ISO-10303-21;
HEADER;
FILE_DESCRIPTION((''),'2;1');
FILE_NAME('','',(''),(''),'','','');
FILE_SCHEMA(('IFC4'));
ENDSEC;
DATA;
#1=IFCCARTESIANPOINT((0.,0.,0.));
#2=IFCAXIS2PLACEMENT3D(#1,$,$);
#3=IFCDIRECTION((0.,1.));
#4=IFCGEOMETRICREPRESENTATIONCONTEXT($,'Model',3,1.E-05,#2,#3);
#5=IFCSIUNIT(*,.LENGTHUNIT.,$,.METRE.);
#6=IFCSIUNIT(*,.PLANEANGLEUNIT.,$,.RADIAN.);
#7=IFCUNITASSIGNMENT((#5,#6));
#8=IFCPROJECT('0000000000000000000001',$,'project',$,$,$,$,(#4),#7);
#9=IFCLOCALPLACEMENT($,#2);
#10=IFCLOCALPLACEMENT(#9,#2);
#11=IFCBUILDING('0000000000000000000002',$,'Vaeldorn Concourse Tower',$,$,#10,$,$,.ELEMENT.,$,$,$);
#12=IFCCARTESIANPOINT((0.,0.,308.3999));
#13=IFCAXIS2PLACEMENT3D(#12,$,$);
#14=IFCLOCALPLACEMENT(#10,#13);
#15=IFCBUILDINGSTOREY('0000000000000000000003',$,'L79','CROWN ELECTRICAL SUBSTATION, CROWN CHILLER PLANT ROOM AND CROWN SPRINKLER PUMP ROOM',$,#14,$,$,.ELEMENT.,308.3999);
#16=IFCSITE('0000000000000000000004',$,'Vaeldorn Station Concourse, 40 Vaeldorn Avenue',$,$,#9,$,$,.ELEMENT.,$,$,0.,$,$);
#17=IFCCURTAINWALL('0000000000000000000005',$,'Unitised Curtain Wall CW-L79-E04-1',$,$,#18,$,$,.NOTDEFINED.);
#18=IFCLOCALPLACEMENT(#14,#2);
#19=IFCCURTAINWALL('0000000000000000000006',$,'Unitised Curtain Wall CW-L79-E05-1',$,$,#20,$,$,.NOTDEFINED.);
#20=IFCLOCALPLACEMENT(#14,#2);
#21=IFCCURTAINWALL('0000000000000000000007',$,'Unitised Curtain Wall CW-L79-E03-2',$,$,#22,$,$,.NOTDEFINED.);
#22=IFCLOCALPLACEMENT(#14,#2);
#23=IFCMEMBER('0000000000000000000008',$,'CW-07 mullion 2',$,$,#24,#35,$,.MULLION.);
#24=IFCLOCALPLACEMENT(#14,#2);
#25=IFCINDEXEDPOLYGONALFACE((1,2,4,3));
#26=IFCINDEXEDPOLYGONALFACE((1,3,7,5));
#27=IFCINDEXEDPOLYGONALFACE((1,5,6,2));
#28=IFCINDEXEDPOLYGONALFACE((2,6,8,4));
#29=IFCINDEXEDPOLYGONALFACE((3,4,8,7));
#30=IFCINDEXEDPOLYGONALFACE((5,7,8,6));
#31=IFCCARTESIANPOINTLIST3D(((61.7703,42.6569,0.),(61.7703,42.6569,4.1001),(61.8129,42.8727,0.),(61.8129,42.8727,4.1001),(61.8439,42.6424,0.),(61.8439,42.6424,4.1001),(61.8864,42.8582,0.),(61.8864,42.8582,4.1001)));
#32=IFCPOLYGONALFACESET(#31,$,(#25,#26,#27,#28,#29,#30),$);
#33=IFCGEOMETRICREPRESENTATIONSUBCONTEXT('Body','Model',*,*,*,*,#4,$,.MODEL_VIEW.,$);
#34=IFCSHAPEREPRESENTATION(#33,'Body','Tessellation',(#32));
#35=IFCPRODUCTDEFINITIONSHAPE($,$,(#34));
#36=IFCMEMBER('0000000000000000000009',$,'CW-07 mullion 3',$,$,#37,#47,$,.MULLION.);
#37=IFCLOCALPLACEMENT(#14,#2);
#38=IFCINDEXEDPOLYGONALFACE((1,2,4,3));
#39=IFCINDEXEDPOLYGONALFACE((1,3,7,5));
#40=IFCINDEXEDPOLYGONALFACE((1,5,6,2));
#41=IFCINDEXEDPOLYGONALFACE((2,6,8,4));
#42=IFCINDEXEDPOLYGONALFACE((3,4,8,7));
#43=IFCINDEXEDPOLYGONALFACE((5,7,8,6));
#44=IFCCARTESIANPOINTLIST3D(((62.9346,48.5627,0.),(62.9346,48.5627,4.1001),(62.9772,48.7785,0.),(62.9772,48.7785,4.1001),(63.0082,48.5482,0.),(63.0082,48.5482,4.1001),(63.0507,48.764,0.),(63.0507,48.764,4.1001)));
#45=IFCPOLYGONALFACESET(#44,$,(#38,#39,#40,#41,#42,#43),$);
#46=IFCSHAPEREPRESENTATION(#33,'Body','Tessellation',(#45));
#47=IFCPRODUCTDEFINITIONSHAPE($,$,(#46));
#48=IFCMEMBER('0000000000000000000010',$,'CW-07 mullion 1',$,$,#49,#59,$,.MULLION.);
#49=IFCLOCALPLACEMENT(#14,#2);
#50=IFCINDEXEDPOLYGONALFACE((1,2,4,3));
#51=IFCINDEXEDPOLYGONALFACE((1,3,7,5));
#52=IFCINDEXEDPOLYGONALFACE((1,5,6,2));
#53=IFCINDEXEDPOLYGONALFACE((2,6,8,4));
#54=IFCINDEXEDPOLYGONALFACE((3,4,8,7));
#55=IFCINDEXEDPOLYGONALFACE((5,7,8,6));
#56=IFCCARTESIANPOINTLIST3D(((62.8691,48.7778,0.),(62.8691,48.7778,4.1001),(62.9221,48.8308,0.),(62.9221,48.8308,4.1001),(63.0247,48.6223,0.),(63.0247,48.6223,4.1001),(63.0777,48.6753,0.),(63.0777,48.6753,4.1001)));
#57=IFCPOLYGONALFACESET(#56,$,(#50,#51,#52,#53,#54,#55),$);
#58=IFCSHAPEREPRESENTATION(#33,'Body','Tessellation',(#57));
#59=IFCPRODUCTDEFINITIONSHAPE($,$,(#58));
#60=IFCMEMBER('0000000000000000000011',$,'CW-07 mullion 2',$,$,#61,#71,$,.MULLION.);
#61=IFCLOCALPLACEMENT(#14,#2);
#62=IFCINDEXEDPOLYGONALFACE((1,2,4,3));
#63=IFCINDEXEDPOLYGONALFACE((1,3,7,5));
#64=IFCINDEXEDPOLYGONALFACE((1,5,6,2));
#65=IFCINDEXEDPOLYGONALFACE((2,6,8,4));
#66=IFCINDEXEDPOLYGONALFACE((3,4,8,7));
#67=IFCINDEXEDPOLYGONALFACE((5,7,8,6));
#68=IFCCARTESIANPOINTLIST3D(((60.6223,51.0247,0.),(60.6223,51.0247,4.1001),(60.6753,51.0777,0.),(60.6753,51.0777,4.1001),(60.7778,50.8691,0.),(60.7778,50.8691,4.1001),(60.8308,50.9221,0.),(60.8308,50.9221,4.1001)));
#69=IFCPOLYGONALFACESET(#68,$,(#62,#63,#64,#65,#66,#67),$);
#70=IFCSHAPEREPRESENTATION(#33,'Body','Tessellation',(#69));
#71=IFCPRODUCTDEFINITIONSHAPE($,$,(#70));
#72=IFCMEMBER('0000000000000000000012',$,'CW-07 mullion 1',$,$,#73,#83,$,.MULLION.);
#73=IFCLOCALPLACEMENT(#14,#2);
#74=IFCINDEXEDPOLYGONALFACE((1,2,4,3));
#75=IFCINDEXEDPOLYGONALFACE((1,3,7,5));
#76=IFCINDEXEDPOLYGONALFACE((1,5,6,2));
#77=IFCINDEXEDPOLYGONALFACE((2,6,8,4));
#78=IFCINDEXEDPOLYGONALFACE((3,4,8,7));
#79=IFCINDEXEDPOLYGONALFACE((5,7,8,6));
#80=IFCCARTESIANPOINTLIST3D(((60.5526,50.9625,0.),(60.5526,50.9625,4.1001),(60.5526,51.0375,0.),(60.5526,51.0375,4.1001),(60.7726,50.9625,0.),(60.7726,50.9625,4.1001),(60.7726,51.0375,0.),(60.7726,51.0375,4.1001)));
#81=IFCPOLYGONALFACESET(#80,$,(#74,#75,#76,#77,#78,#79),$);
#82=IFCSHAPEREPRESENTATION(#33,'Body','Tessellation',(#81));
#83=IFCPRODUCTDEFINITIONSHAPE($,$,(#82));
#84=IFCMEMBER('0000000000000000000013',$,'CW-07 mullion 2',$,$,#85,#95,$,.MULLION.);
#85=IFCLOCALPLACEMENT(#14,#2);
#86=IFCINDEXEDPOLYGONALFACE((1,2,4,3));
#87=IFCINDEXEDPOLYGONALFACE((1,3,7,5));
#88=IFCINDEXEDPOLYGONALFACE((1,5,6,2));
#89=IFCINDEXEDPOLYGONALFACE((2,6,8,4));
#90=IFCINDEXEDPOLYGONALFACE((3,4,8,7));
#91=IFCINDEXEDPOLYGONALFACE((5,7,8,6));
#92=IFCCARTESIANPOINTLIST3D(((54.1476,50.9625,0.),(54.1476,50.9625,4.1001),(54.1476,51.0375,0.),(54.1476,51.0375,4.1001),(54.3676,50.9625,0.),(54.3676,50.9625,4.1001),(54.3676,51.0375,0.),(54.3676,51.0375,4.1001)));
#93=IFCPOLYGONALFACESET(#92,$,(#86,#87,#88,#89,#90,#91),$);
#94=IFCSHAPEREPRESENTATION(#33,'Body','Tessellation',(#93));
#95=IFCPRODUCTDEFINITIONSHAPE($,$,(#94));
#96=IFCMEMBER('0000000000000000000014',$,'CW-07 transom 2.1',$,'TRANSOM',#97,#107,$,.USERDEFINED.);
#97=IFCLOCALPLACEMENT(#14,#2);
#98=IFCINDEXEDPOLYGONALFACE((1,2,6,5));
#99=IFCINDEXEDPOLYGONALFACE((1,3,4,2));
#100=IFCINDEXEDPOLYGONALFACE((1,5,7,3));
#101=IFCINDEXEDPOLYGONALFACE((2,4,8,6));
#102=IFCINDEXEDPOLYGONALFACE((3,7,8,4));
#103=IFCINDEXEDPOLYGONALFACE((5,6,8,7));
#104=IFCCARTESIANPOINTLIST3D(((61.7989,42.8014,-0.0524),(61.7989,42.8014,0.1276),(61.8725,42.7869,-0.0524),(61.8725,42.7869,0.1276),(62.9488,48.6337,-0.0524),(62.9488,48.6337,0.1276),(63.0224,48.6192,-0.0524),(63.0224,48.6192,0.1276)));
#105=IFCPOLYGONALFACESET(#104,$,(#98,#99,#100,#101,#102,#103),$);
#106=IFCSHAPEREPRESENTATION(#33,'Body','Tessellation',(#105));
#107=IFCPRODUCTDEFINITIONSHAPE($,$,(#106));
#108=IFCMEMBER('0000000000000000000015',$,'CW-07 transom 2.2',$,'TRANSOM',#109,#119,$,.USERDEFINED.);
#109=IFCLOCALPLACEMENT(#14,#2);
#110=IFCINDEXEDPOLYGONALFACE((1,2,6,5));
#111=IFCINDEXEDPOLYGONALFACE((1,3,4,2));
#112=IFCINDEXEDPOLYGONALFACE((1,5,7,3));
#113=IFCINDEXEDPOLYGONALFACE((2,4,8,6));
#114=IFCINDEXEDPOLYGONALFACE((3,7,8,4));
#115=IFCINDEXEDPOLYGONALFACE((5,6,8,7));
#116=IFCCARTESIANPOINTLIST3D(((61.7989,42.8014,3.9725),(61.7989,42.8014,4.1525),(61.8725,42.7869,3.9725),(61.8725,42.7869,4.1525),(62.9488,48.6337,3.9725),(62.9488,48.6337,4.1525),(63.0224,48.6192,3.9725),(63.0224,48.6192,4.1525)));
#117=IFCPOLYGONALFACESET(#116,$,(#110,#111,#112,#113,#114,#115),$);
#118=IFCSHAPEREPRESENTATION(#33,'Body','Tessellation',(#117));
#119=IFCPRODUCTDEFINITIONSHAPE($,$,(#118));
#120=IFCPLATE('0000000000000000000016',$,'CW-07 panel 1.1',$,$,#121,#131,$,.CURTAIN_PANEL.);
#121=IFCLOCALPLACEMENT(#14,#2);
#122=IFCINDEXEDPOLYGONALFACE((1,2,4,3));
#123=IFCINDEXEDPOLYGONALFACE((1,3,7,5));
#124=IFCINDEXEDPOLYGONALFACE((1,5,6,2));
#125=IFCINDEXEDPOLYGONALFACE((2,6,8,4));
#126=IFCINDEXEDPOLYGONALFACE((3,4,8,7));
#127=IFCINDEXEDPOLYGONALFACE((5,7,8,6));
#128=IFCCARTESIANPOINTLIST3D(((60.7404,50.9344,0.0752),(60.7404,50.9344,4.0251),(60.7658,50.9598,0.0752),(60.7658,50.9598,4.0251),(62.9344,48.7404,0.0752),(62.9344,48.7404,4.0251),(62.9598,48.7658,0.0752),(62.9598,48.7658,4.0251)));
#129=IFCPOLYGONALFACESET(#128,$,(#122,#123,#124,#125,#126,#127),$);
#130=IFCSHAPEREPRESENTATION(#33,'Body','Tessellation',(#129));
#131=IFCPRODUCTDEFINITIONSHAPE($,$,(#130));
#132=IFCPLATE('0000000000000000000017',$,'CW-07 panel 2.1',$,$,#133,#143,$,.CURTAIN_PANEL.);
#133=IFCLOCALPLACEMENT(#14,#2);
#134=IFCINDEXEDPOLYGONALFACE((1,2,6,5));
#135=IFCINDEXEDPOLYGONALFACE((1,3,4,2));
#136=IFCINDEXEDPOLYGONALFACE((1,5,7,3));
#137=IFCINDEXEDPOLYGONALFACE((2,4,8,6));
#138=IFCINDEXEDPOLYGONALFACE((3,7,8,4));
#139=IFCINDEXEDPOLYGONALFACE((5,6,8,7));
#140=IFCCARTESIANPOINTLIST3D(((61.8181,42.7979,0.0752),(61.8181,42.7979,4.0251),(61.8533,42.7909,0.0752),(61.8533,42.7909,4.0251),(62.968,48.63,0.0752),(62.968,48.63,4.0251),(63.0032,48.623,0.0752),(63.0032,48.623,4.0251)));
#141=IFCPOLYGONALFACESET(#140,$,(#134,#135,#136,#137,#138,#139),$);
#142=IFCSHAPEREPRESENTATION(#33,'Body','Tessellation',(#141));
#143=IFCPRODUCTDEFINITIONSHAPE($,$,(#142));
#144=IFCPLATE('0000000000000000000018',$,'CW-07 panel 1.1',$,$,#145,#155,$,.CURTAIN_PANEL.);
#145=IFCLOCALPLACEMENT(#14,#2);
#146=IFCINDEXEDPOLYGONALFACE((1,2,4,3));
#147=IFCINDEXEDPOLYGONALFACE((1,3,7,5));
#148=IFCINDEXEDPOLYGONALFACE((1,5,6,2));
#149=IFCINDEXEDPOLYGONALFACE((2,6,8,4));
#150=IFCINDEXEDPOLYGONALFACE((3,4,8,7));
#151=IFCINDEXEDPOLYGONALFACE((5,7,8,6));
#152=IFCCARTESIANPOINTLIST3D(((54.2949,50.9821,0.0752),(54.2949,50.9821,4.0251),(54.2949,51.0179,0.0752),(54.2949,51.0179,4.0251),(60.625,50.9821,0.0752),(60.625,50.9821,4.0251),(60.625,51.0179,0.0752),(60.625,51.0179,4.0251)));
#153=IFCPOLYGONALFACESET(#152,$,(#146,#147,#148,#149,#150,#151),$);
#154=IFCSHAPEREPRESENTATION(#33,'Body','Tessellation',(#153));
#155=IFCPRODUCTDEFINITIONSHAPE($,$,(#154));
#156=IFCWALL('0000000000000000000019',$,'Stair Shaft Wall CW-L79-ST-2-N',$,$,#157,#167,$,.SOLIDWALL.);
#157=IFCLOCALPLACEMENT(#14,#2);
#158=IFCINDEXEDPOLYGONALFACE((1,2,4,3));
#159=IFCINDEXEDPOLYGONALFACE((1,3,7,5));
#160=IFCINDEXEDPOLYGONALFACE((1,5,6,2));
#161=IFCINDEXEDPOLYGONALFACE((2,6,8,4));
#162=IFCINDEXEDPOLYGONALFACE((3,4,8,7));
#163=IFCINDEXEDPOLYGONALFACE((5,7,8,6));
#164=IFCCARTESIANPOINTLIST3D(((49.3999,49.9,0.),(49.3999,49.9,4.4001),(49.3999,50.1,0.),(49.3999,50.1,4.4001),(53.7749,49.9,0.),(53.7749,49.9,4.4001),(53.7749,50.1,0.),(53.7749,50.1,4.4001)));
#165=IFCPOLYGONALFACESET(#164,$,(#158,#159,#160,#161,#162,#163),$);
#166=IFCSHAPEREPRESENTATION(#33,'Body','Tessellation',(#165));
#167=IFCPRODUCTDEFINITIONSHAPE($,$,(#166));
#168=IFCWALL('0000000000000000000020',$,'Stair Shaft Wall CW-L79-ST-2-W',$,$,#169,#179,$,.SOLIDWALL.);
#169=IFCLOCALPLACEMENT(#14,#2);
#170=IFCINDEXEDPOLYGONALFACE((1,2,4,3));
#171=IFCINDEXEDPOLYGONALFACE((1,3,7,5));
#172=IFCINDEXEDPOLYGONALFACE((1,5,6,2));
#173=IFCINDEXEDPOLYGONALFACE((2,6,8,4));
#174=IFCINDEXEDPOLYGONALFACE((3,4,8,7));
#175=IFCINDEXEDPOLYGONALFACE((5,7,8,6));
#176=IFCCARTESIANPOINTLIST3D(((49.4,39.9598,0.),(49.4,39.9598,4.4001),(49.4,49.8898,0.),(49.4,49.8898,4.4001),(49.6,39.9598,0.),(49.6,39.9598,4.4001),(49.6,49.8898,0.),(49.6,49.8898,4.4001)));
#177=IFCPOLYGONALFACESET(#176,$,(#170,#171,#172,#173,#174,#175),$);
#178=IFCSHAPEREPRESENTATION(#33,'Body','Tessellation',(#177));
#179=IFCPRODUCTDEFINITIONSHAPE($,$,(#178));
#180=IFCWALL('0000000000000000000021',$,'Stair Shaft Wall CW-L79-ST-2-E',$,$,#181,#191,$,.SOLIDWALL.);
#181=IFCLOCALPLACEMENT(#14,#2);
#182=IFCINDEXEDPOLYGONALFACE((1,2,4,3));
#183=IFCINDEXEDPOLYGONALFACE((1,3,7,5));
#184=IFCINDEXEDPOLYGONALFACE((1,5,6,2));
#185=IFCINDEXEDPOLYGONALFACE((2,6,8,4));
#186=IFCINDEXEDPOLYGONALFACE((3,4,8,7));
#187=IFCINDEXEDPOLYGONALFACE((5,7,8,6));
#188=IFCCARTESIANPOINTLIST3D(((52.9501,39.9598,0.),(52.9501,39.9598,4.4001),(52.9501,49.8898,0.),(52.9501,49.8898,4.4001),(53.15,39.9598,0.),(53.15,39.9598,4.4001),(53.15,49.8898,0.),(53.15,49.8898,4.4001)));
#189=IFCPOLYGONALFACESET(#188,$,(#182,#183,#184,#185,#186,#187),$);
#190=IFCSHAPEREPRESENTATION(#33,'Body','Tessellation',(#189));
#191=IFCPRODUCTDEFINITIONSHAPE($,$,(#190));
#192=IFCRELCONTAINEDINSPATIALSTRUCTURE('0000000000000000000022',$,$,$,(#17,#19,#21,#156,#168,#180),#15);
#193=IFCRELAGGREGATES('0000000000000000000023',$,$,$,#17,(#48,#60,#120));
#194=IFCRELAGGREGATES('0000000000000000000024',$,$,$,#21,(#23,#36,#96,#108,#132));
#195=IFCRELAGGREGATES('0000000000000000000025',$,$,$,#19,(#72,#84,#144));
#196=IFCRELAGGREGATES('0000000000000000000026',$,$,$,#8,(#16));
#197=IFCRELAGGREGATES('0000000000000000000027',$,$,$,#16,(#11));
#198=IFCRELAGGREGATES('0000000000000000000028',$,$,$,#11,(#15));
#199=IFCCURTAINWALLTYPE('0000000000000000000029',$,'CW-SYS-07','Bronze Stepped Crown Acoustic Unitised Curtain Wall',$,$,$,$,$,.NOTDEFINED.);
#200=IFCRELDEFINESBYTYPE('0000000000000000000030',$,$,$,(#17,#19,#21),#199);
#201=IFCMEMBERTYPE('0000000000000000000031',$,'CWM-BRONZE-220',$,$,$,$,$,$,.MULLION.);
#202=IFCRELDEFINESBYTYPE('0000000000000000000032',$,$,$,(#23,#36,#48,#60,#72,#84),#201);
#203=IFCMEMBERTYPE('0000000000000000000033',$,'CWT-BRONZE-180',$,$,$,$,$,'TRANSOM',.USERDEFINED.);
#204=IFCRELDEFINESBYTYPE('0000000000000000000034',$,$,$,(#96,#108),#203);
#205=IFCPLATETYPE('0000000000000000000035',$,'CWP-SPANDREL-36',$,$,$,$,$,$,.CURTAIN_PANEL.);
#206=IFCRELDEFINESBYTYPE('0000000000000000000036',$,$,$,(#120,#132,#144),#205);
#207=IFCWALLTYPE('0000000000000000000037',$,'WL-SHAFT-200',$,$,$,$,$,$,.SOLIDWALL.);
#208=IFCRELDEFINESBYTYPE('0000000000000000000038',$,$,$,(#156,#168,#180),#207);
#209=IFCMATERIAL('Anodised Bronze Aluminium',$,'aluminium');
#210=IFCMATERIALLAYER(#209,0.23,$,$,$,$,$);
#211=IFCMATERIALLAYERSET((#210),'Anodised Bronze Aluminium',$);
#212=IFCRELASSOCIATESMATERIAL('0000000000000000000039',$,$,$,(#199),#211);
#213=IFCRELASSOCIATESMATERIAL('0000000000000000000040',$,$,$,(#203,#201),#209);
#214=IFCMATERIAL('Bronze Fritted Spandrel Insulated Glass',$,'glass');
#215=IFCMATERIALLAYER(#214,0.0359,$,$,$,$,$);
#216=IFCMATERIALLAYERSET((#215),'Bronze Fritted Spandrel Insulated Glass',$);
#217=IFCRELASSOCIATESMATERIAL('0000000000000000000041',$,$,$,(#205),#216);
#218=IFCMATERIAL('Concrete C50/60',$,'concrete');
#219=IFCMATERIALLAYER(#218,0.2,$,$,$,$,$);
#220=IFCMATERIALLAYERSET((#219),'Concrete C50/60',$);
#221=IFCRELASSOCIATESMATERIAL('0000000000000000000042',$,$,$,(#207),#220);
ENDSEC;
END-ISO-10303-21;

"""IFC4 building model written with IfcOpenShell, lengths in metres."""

from ifc_helpers import new_model, si_unit, direction, frame, frame_2d, origin, origin_2d, place, context, subcontext, project, spatial, rectangle, extrude, source, transform, mapped, material, layer, layer_set, material_profile, profile_set, type_object, element, aggregate, save


model = new_model("IFC4")

# Units and contexts
model_context = context("Model", 3, precision=1e-05, world=origin(), true_north=direction((0.0, 1.0)))
body_context = subcontext(model_context, "Body", "Model", "MODEL_VIEW")
ifc_project = project(units=[si_unit("LENGTHUNIT", "METRE"), si_unit("PLANEANGLEUNIT", "RADIAN")], contexts=[model_context])

# Site, building, storey
site_placement = place(None, origin())
site = spatial("IfcSite", under=ifc_project, at=site_placement, Name="Vaeldorn Station Concourse, 40 Vaeldorn Avenue", CompositionType="ELEMENT", RefElevation=0.0)
building_placement = place(site_placement, origin())
building = spatial("IfcBuilding", under=site, at=building_placement, Name="Vaeldorn Concourse Tower", CompositionType="ELEMENT")
storey_placement = place(building_placement, frame((0.0, 0.0, 308.3999)))
storey = spatial("IfcBuildingStorey", under=building, at=storey_placement, Name="L79", Description="CROWN ELECTRICAL SUBSTATION, CROWN CHILLER PLANT ROOM AND CROWN SPRINKLER PUMP ROOM", CompositionType="ELEMENT", Elevation=308.3999)

# Curtain walls, members
ifc_material_1 = material(Name="Anodised Bronze Aluminium", Category="aluminium")
ifc_layer_1 = layer(ifc_material_1, 0.23)
ifc_layer_set_1 = layer_set([ifc_layer_1], Name="Anodised Bronze Aluminium")
curtain_wall_type = type_object("IfcCurtainWallType", Name="CW-SYS-07", Description="Bronze Stepped Crown Acoustic Unitised Curtain Wall", PredefinedType="NOTDEFINED", material=ifc_layer_set_1)
curtain_wall_1_placement = place(storey_placement, origin())
curtain_wall_1 = element("IfcCurtainWall", 1, at=curtain_wall_1_placement, inside=storey, type_object=curtain_wall_type, Name="Unitised Curtain Wall CW-L79-E04-1", PredefinedType="NOTDEFINED")
ifc_material_profile_1 = material_profile(ifc_material_1, rectangle(XDim=0.075, YDim=0.1799, at=origin_2d()), Name="CWT 75x180")
ifc_profile_set_1 = profile_set([ifc_material_profile_1], Name="Anodised Bronze Aluminium")
member_type_1 = type_object("IfcMemberType", Name="CWT-BRONZE-180", ElementType="TRANSOM", PredefinedType="USERDEFINED", material=ifc_profile_set_1)
curtain_wall_2_placement = place(storey_placement, origin())
curtain_wall_2 = element("IfcCurtainWall", 2, at=curtain_wall_2_placement, inside=storey, type_object=curtain_wall_type, Name="Unitised Curtain Wall CW-L79-E05-1", PredefinedType="NOTDEFINED")
curtain_wall_3_placement = place(storey_placement, origin())
curtain_wall_3 = element("IfcCurtainWall", 3, at=curtain_wall_3_placement, inside=storey, type_object=curtain_wall_type, Name="Unitised Curtain Wall CW-L79-E03-2", PredefinedType="NOTDEFINED")
ifc_material_profile_2 = material_profile(ifc_material_1, rectangle(XDim=0.075, YDim=0.22, at=origin_2d()), Name="CWM 75x220")
ifc_profile_set_2 = profile_set([ifc_material_profile_2], Name="Anodised Bronze Aluminium")
member_type_2 = type_object("IfcMemberType", Name="CWM-BRONZE-220", PredefinedType="MULLION", material=ifc_profile_set_2)
shared_shape_1 = source(origin(), body_context, "Body", "SweptSolid", [
    extrude(rectangle(XDim=0.075, YDim=0.22, at=origin_2d()), origin(), (0.0, 0.0, 1.0), 4.1001),
])
member_1_placement = place(storey_placement, frame((61.8284, 42.7576, 0.0), z_axis=(0.0, 0.0, 1.0), x_axis=(-0.981112, 0.19344, 0.0)))
member_1 = element("IfcMember", 4, at=member_1_placement, type_object=member_type_2, Name="CW-07 mullion 2", PredefinedType="MULLION", context=body_context, shape_type="MappedRepresentation", body=[
    mapped(shared_shape_1, transform((0.0, 0.0, 0.0), scale=1.0)),
])
member_2_placement = place(storey_placement, frame((62.9927, 48.6633, 0.0), z_axis=(0.0, 0.0, 1.0), x_axis=(-0.981112, 0.19344, 0.0)))
member_2 = element("IfcMember", 5, at=member_2_placement, type_object=member_type_2, Name="CW-07 mullion 3", PredefinedType="MULLION", context=body_context, shape_type="MappedRepresentation", body=[
    mapped(shared_shape_1, transform((0.0, 0.0, 0.0), scale=1.0)),
])

# Members
member_3_placement = place(storey_placement, frame((62.9734, 48.7266, 0.0), z_axis=(0.0, 0.0, 1.0), x_axis=(-0.707107, -0.707107, 0.0)))
member_3 = element("IfcMember", 6, at=member_3_placement, type_object=member_type_2, Name="CW-07 mullion 1", PredefinedType="MULLION", context=body_context, shape_type="MappedRepresentation", body=[
    mapped(shared_shape_1, transform((0.0, 0.0, 0.0), scale=1.0)),
])
member_4_placement = place(storey_placement, frame((60.7266, 50.9734, 0.0), z_axis=(0.0, 0.0, 1.0), x_axis=(-0.707107, -0.707107, 0.0)))
member_4 = element("IfcMember", 7, at=member_4_placement, type_object=member_type_2, Name="CW-07 mullion 2", PredefinedType="MULLION", context=body_context, shape_type="MappedRepresentation", body=[
    mapped(shared_shape_1, transform((0.0, 0.0, 0.0), scale=1.0)),
])
member_5_placement = place(storey_placement, frame((60.6626, 51.0, 0.0), z_axis=(0.0, 0.0, 1.0), x_axis=(0.0, -1.0, 0.0)))
member_5 = element("IfcMember", 8, at=member_5_placement, type_object=member_type_2, Name="CW-07 mullion 1", PredefinedType="MULLION", context=body_context, shape_type="MappedRepresentation", body=[
    mapped(shared_shape_1, transform((0.0, 0.0, 0.0), scale=1.0)),
])
member_6_placement = place(storey_placement, frame((54.2576, 51.0, 0.0), z_axis=(0.0, 0.0, 1.0), x_axis=(0.0, -1.0, 0.0)))
member_6 = element("IfcMember", 9, at=member_6_placement, type_object=member_type_2, Name="CW-07 mullion 2", PredefinedType="MULLION", context=body_context, shape_type="MappedRepresentation", body=[
    mapped(shared_shape_1, transform((0.0, 0.0, 0.0), scale=1.0)),
])
shared_shape_2 = source(origin(), body_context, "Body", "SweptSolid", [
    extrude(rectangle(XDim=0.075, YDim=0.1799, at=origin_2d()), origin(), (0.0, 0.0, 1.0), 5.9446),
])
member_7_placement = place(storey_placement, frame((61.8357, 42.7942, 0.0376), z_axis=(0.193438, 0.981113, 0.0), x_axis=(-0.981113, 0.193438, 0.0)))
member_7 = element("IfcMember", 10, at=member_7_placement, type_object=member_type_1, Name="CW-07 transom 2.1", ObjectType="TRANSOM", PredefinedType="USERDEFINED", context=body_context, shape_type="MappedRepresentation", body=[
    mapped(shared_shape_2, transform((0.0, 0.0, 0.0), scale=1.0)),
])
member_8_placement = place(storey_placement, frame((61.8357, 42.7942, 4.0625), z_axis=(0.193438, 0.981113, 0.0), x_axis=(-0.981113, 0.193438, 0.0)))
member_8 = element("IfcMember", 11, at=member_8_placement, type_object=member_type_1, Name="CW-07 transom 2.2", ObjectType="TRANSOM", PredefinedType="USERDEFINED", context=body_context, shape_type="MappedRepresentation", body=[
    mapped(shared_shape_2, transform((0.0, 0.0, 0.0), scale=1.0)),
])

# Plates
ifc_material_2 = material(Name="Bronze Fritted Spandrel Insulated Glass", Category="glass")
ifc_layer_2 = layer(ifc_material_2, 0.0359)
ifc_layer_set_2 = layer_set([ifc_layer_2], Name="Bronze Fritted Spandrel Insulated Glass")
plate_type = type_object("IfcPlateType", Name="CWP-SPANDREL-36", PredefinedType="CURTAIN_PANEL", material=ifc_layer_set_2)
shared_shape_3 = source(origin(), body_context, "Body", "SweptSolid", [
    extrude(rectangle(XDim=3.1028, YDim=0.0359, at=origin_2d()), origin(), (0.0, 0.0, 1.0), 3.95),
])
plate_1_placement = place(storey_placement, frame((61.8501, 49.8501, 0.0752), z_axis=(0.0, 0.0, 1.0), x_axis=(-0.707107, 0.707107, 0.0)))
plate_1 = element("IfcPlate", 12, at=plate_1_placement, type_object=plate_type, Name="CW-07 panel 1.1", PredefinedType="CURTAIN_PANEL", context=body_context, shape_type="MappedRepresentation", body=[
    mapped(shared_shape_3, transform((0.0, 0.0, 0.0), scale=1.0)),
])
aggregate(curtain_wall_1, [member_3, member_4, plate_1])
shared_shape_4 = source(origin(), body_context, "Body", "SweptSolid", [
    extrude(rectangle(XDim=5.9443, YDim=0.0359, at=origin_2d()), origin(), (0.0, 0.0, 1.0), 3.95),
])
plate_2_placement = place(storey_placement, frame((62.4106, 45.7104, 0.0752), z_axis=(0.0, 0.0, 1.0), x_axis=(0.19344, 0.981112, 0.0)))
plate_2 = element("IfcPlate", 13, at=plate_2_placement, type_object=plate_type, Name="CW-07 panel 2.1", PredefinedType="CURTAIN_PANEL", context=body_context, shape_type="MappedRepresentation", body=[
    mapped(shared_shape_4, transform((0.0, 0.0, 0.0), scale=1.0)),
])
aggregate(curtain_wall_3, [member_1, member_2, member_7, member_8, plate_2])
shared_shape_5 = source(origin(), body_context, "Body", "SweptSolid", [
    extrude(rectangle(XDim=6.3301, YDim=0.0359, at=origin_2d()), origin(), (0.0, 0.0, 1.0), 3.95),
])
plate_3_placement = place(storey_placement, frame((57.46, 51.0, 0.0752), z_axis=(0.0, 0.0, 1.0), x_axis=(-1.0, 0.0, 0.0)))
plate_3 = element("IfcPlate", 14, at=plate_3_placement, type_object=plate_type, Name="CW-07 panel 1.1", PredefinedType="CURTAIN_PANEL", context=body_context, shape_type="MappedRepresentation", body=[
    mapped(shared_shape_5, transform((0.0, 0.0, 0.0), scale=1.0)),
])
aggregate(curtain_wall_2, [member_5, member_6, plate_3])

# Shared definitions
ifc_material_3 = material(Name="Concrete C50/60", Category="concrete")
ifc_layer_3 = layer(ifc_material_3, 0.2)
ifc_layer_set_3 = layer_set([ifc_layer_3], Name="Concrete C50/60")
wall_type = type_object("IfcWallType", Name="WL-SHAFT-200", PredefinedType="SOLIDWALL", material=ifc_layer_set_3)

# Walls
wall_1_placement = place(storey_placement, frame((49.3999, 50.0, 0.0), z_axis=(0.0, 0.0, 1.0), x_axis=(1.0, 0.0, 0.0)))
element("IfcWall", 15, at=wall_1_placement, inside=storey, type_object=wall_type, Name="Stair Shaft Wall CW-L79-ST-2-N", PredefinedType="SOLIDWALL", context=body_context, shape_type="SweptSolid", body=[
    extrude(rectangle(XDim=4.375, YDim=0.2, at=frame_2d((2.1875, 0.0))), origin(), (0.0, 0.0, 1.0), 4.4001),
])
for number, where, z_axis, x_axis, name in (
    (16, (49.5, 39.96, 0.0), (0.0, 0.0, 1.0), (0.0, 1.0, 0.0), "Stair Shaft Wall CW-L79-ST-2-W"),
    (17, (53.05, 39.96, 0.0), (0.0, 0.0, 1.0), (0.0, 1.0, 0.0), "Stair Shaft Wall CW-L79-ST-2-E"),
):
    element("IfcWall", number, at=place(storey_placement, frame(where, z_axis=z_axis, x_axis=x_axis)), inside=storey, type_object=wall_type, Name=name, PredefinedType="SOLIDWALL", context=body_context, shape_type="SweptSolid", body=[
        extrude(rectangle(XDim=9.9299, YDim=0.2, at=frame_2d((4.9648, 0.0))), origin(), (0.0, 0.0, 1.0), 4.4001),
    ])

save(model, "model.ifc")
